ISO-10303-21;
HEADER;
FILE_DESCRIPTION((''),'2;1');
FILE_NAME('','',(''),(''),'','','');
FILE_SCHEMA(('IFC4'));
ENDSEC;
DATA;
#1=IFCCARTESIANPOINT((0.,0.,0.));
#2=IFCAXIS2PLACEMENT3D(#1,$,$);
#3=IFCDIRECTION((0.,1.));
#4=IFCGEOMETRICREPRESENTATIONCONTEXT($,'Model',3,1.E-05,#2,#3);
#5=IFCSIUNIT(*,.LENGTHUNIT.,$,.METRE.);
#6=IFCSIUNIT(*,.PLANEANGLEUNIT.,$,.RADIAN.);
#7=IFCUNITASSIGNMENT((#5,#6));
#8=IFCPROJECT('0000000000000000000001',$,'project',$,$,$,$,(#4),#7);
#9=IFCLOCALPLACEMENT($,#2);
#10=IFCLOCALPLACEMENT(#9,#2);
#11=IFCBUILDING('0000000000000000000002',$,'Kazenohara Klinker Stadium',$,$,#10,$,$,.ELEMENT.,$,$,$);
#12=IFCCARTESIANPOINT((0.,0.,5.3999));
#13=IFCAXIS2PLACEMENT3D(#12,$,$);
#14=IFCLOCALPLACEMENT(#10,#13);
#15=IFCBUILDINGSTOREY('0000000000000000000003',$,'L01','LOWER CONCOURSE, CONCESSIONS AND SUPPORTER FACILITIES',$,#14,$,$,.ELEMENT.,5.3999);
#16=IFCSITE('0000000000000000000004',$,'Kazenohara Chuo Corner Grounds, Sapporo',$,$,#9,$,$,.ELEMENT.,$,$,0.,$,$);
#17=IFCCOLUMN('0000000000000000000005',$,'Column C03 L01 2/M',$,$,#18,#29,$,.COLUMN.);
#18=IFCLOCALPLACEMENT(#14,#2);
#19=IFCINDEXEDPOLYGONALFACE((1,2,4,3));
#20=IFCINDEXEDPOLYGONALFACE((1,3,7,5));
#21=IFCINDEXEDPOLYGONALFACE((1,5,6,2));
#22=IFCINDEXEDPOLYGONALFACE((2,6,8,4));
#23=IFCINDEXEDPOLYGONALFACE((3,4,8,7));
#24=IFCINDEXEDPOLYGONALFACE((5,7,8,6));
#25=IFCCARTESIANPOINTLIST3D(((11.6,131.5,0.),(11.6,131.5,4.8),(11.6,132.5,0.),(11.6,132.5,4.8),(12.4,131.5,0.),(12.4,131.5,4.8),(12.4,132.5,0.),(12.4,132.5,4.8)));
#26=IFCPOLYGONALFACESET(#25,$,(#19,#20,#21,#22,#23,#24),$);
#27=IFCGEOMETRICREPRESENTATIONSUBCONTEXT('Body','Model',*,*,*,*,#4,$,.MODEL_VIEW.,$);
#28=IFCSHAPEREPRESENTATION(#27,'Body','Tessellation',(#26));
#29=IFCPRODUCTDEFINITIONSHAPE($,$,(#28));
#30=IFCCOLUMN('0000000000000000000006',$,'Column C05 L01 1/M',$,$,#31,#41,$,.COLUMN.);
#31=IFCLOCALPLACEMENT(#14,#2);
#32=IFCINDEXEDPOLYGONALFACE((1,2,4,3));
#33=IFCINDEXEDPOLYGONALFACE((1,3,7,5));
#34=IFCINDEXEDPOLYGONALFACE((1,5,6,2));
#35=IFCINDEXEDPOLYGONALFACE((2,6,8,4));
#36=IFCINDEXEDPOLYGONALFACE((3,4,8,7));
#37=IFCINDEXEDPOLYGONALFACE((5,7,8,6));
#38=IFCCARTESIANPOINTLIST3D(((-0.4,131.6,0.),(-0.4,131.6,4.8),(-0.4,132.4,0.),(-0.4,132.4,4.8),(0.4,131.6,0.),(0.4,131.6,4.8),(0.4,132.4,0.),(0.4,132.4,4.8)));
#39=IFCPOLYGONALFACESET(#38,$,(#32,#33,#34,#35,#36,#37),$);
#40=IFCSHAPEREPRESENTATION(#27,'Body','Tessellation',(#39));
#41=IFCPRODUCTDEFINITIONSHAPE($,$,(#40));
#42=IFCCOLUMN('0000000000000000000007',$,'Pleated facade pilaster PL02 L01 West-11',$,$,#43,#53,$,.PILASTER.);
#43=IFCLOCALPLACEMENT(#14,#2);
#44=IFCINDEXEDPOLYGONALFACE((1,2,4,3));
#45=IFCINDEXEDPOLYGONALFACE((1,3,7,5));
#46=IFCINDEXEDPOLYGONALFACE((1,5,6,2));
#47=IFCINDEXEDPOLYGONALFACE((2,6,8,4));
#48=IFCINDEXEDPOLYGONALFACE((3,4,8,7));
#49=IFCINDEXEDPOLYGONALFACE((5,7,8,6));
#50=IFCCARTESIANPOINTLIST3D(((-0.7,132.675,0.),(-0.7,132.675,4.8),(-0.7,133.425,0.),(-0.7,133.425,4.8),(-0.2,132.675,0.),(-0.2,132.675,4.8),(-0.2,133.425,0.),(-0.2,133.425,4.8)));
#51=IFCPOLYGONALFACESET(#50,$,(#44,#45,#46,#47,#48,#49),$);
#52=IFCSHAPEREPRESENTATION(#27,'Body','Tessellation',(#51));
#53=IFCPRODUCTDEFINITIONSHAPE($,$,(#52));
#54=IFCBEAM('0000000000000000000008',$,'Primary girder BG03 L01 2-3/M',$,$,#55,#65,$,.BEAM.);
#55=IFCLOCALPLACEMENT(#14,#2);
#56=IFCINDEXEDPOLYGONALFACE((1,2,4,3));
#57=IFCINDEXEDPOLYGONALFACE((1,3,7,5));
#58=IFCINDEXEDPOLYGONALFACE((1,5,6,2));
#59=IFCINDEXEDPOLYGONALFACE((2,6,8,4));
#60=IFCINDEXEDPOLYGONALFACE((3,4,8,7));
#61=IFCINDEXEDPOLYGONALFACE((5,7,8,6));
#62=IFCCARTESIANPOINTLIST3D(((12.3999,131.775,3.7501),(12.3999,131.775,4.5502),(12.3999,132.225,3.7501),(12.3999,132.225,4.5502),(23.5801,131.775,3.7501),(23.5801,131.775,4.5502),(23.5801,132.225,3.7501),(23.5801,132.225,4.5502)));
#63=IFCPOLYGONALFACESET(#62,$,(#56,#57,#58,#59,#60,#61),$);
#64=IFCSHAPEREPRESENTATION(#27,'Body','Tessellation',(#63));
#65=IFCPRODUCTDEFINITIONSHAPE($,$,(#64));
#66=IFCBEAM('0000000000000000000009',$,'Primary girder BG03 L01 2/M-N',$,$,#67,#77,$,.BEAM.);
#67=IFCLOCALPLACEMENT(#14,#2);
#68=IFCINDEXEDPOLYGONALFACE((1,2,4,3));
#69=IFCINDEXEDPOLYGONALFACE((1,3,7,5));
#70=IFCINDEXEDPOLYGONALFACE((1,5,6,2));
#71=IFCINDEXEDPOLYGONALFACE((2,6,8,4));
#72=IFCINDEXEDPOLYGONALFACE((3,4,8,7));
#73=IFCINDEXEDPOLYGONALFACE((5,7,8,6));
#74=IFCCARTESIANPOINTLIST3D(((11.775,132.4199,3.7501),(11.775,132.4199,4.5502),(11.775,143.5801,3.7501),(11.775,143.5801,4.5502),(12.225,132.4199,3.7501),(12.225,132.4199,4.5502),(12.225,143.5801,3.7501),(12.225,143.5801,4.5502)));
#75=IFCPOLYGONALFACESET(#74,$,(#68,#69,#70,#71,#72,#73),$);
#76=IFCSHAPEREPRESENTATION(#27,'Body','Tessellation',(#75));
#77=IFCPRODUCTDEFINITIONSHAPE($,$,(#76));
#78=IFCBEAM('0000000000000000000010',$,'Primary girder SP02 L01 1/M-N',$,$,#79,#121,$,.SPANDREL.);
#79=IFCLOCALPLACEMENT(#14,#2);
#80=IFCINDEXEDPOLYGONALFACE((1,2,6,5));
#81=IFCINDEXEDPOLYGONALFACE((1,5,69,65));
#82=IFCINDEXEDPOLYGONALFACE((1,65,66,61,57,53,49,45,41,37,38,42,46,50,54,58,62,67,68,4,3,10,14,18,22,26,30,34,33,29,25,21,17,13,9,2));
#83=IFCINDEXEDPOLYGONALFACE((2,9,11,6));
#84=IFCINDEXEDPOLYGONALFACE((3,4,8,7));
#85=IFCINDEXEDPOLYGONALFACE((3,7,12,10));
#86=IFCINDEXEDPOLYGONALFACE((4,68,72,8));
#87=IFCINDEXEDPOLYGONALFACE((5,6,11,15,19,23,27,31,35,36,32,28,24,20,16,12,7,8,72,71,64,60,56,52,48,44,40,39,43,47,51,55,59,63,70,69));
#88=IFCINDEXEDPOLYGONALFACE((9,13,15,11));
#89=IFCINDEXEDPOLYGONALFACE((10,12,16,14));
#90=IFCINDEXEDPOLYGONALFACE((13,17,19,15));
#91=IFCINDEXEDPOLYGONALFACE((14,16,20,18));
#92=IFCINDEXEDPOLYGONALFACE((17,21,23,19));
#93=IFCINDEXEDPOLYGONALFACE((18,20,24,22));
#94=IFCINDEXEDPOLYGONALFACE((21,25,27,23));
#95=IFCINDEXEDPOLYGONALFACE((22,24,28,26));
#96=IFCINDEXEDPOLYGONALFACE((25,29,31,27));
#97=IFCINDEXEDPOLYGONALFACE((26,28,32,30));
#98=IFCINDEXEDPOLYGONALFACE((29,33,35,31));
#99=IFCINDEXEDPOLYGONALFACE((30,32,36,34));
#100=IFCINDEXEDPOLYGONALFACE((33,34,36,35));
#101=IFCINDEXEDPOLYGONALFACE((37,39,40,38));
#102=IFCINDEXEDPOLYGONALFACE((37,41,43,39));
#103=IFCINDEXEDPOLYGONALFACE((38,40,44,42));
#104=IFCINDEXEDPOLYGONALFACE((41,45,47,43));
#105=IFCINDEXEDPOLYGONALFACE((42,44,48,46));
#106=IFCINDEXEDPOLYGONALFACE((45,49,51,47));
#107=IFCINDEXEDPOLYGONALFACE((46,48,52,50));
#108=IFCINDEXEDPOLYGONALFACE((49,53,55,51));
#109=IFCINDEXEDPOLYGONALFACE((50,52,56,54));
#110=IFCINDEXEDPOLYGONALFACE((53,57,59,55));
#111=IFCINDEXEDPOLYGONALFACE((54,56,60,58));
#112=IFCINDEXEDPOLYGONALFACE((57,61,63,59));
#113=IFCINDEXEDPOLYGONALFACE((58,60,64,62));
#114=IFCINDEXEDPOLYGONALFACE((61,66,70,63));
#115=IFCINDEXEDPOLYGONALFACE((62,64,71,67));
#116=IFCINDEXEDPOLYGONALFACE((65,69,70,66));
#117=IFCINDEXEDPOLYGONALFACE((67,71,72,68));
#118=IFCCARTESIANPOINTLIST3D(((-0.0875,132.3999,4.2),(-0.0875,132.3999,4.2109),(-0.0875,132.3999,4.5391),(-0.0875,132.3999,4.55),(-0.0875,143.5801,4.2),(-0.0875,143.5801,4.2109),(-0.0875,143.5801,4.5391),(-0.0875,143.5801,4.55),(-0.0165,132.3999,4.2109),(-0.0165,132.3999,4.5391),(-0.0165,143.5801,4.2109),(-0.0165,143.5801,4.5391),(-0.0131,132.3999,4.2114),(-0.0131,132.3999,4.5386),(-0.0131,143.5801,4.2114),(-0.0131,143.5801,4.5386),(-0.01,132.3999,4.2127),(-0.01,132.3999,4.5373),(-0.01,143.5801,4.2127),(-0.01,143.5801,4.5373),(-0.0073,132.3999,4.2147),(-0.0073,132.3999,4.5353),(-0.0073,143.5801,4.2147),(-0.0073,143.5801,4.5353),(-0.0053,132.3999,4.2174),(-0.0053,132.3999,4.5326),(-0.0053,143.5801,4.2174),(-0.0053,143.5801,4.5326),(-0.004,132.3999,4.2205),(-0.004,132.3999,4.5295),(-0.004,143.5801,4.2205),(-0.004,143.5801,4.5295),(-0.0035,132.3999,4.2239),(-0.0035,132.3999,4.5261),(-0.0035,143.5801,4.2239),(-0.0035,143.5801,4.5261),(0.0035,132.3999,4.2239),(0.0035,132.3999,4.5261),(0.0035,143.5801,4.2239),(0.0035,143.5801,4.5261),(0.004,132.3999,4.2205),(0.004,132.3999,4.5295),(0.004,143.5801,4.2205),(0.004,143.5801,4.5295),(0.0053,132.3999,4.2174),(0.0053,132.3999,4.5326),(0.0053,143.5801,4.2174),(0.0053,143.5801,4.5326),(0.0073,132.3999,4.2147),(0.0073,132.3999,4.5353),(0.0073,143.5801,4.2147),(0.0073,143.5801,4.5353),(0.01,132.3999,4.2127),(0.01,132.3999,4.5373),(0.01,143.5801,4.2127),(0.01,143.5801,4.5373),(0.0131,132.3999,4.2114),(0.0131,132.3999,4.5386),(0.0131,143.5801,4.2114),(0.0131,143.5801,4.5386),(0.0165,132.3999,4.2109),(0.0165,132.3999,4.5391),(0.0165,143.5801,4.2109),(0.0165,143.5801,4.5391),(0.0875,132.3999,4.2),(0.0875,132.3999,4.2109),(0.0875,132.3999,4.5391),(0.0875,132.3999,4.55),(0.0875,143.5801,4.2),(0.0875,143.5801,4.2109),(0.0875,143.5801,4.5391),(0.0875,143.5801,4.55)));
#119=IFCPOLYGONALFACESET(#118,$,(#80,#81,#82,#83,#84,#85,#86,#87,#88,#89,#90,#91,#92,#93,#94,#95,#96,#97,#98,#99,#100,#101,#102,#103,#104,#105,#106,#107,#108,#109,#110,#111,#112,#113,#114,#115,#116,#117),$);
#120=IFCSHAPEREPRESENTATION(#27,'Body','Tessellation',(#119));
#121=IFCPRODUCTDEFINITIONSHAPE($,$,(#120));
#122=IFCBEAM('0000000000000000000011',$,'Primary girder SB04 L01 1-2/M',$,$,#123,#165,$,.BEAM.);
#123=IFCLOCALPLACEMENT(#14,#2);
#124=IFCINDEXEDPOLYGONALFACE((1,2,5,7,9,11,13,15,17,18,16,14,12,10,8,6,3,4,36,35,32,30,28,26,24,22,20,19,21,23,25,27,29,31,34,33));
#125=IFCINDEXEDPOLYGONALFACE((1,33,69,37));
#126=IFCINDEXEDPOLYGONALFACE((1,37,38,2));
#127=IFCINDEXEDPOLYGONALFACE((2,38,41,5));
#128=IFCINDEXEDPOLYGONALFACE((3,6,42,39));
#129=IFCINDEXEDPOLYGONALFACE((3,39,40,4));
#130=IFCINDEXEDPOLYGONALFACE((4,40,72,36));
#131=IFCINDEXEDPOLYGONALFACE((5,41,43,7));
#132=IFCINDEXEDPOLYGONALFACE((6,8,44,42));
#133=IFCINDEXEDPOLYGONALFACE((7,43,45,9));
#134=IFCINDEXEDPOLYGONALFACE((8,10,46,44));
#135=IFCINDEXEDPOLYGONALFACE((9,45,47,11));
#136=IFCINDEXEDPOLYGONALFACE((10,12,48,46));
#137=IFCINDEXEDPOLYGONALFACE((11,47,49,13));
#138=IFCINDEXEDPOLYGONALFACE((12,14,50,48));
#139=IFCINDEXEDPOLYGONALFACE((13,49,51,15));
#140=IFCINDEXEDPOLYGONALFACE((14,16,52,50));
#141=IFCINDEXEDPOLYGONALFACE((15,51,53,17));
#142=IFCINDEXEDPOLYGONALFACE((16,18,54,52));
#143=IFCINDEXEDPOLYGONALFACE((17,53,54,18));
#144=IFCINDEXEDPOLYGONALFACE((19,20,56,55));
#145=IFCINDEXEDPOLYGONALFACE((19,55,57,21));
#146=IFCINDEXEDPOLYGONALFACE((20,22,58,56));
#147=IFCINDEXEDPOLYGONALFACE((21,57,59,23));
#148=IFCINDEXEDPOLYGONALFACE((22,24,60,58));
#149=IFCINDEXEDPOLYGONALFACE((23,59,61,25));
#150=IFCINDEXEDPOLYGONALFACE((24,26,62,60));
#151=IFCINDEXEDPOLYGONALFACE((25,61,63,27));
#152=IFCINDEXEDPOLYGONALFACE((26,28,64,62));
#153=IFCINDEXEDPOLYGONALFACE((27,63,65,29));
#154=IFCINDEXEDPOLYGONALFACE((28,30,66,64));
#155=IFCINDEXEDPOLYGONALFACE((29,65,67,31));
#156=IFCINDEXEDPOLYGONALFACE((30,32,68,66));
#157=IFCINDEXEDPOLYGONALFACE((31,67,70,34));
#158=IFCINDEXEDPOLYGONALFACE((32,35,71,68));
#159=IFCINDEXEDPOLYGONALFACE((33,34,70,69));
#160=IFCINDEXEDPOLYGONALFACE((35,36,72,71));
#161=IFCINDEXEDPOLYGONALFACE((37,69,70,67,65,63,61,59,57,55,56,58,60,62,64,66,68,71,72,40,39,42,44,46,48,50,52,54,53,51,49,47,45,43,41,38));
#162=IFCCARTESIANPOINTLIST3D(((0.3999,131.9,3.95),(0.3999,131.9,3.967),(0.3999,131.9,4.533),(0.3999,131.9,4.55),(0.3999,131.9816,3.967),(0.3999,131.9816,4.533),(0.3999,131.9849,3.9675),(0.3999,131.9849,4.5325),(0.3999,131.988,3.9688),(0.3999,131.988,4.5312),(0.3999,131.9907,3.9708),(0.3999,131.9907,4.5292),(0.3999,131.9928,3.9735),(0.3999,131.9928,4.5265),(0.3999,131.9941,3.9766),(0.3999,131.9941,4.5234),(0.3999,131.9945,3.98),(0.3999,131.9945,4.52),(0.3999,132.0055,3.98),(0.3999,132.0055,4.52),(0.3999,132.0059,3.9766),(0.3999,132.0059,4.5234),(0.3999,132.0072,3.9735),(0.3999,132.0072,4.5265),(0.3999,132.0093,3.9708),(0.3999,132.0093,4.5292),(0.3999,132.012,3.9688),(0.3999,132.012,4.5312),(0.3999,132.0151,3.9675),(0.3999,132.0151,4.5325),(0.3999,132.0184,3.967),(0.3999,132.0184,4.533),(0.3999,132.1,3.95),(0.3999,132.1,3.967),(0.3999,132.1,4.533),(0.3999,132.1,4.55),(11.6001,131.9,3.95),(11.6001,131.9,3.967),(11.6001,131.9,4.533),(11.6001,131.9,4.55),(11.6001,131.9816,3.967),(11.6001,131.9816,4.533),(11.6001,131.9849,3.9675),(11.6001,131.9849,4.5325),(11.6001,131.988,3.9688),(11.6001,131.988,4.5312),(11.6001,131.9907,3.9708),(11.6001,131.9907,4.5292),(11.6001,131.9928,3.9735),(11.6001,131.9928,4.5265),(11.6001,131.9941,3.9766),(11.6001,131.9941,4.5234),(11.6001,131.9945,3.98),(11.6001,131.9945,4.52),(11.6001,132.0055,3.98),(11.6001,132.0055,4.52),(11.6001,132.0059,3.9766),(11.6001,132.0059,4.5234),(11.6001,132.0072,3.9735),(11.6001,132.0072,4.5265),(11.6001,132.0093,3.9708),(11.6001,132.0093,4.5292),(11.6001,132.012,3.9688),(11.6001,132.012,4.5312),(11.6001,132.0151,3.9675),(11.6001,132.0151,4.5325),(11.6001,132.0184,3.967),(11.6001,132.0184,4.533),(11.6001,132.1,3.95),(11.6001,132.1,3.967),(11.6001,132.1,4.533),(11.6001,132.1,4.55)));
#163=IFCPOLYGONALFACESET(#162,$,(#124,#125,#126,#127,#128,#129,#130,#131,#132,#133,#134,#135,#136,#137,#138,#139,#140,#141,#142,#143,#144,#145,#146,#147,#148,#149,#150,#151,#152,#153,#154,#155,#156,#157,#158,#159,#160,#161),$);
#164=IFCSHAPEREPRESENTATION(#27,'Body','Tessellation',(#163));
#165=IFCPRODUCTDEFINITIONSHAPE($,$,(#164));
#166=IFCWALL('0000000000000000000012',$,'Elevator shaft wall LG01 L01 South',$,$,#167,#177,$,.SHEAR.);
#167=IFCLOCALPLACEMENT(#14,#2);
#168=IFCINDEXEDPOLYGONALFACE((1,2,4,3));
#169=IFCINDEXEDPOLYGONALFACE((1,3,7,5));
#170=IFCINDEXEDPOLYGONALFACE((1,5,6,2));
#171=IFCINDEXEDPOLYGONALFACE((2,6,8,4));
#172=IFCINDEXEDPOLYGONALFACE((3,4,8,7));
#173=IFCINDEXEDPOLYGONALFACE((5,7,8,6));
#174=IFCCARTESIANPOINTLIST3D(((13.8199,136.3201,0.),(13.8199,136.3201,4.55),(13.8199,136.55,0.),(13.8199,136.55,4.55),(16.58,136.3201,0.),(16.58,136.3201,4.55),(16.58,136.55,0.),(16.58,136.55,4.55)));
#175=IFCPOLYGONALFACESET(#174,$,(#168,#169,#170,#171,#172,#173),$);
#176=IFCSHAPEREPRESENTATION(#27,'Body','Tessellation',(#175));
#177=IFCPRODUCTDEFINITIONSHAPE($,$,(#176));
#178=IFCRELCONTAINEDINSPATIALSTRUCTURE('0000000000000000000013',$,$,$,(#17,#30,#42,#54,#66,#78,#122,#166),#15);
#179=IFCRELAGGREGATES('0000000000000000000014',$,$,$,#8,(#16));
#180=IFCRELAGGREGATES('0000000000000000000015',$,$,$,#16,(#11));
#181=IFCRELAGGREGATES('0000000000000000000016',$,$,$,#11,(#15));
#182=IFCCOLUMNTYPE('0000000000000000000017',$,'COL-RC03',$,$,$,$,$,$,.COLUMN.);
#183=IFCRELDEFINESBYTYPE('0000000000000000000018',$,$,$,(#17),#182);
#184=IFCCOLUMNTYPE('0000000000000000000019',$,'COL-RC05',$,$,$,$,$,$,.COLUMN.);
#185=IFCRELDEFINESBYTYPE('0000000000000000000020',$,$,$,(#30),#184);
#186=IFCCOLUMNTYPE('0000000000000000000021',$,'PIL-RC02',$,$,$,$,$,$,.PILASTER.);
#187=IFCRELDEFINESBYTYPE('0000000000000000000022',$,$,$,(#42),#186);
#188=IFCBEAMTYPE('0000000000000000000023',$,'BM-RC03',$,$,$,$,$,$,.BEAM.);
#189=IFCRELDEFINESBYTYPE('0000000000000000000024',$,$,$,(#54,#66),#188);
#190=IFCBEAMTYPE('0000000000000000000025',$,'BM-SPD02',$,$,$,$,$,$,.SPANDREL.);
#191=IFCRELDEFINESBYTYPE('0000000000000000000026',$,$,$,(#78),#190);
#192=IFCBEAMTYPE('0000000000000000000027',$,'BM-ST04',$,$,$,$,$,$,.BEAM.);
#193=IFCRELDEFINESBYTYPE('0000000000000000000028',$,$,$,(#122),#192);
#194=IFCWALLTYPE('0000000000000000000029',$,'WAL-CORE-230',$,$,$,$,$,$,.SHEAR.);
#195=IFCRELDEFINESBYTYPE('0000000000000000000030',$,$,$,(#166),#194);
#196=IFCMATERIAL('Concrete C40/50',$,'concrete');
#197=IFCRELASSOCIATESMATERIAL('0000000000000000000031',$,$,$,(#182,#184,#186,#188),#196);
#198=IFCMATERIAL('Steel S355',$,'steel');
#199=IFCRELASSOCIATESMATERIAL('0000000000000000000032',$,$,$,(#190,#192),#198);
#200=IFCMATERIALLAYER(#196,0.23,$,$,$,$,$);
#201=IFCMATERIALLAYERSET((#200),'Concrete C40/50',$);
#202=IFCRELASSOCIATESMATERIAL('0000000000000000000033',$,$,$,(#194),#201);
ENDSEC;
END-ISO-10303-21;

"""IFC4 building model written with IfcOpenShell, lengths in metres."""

from ifc_helpers import new_model, si_unit, direction, frame, frame_2d, origin, origin_2d, place, context, subcontext, project, spatial, rectangle, i_section, extrude, material, layer, layer_set, material_profile, profile_set, type_object, element, save


model = new_model("IFC4")

# Units and contexts
model_context = context("Model", 3, precision=1e-05, world=origin(), true_north=direction((0.0, 1.0)))
body_context = subcontext(model_context, "Body", "Model", "MODEL_VIEW")
ifc_project = project(units=[si_unit("LENGTHUNIT", "METRE"), si_unit("PLANEANGLEUNIT", "RADIAN")], contexts=[model_context])

# Site, building, storey
site_placement = place(None, origin())
site = spatial("IfcSite", under=ifc_project, at=site_placement, Name="Kazenohara Chuo Corner Grounds, Sapporo", CompositionType="ELEMENT", RefElevation=0.0)
building_placement = place(site_placement, origin())
building = spatial("IfcBuilding", under=site, at=building_placement, Name="Kazenohara Klinker Stadium", CompositionType="ELEMENT")
storey_placement = place(building_placement, frame((0.0, 0.0, 5.3999)))
storey = spatial("IfcBuildingStorey", under=building, at=storey_placement, Name="L01", Description="LOWER CONCOURSE, CONCESSIONS AND SUPPORTER FACILITIES", CompositionType="ELEMENT", Elevation=5.3999)

# Columns
ifc_material_1 = material(Name="Concrete C40/50", Category="concrete")
ifc_material_profile_1 = material_profile(ifc_material_1, rectangle(XDim=0.8, YDim=1.0, at=origin_2d()), Name="RC-COL-1000x800")
ifc_profile_set_1 = profile_set([ifc_material_profile_1], Name="Concrete C40/50")
column_type_1 = type_object("IfcColumnType", Name="COL-RC03", PredefinedType="COLUMN", material=ifc_profile_set_1)
column_1_placement = place(storey_placement, frame((12.0, 132.0, 0.0), z_axis=(0.0, 0.0, 1.0), x_axis=(1.0, 0.0, 0.0)))
element("IfcColumn", 1, at=column_1_placement, inside=storey, type_object=column_type_1, Name="Column C03 L01 2/M", PredefinedType="COLUMN", context=body_context, shape_type="SweptSolid", body=[
    extrude(rectangle(XDim=0.8, YDim=1.0, at=origin_2d()), origin(), (0.0, 0.0, 1.0), 4.8),
])
ifc_material_profile_2 = material_profile(ifc_material_1, rectangle(XDim=0.8, YDim=0.8, at=origin_2d()), Name="RC-COL-800x800")
ifc_profile_set_2 = profile_set([ifc_material_profile_2], Name="Concrete C40/50")
column_type_2 = type_object("IfcColumnType", Name="COL-RC05", PredefinedType="COLUMN", material=ifc_profile_set_2)
column_2_placement = place(storey_placement, frame((0.0, 132.0, 0.0), z_axis=(0.0, 0.0, 1.0), x_axis=(1.0, 0.0, 0.0)))
element("IfcColumn", 2, at=column_2_placement, inside=storey, type_object=column_type_2, Name="Column C05 L01 1/M", PredefinedType="COLUMN", context=body_context, shape_type="SweptSolid", body=[
    extrude(rectangle(XDim=0.8, YDim=0.8, at=origin_2d()), origin(), (0.0, 0.0, 1.0), 4.8),
])
ifc_material_profile_3 = material_profile(ifc_material_1, rectangle(XDim=0.5, YDim=0.75, at=origin_2d()), Name="RC-PILASTER-500x750")
ifc_profile_set_3 = profile_set([ifc_material_profile_3], Name="Concrete C40/50")
column_type_3 = type_object("IfcColumnType", Name="PIL-RC02", PredefinedType="PILASTER", material=ifc_profile_set_3)
column_3_placement = place(storey_placement, frame((-0.45, 133.05, 0.0), z_axis=(0.0, 0.0, 1.0), x_axis=(1.0, 0.0, 0.0)))
element("IfcColumn", 3, at=column_3_placement, inside=storey, type_object=column_type_3, Name="Pleated facade pilaster PL02 L01 West-11", PredefinedType="PILASTER", context=body_context, shape_type="SweptSolid", body=[
    extrude(rectangle(XDim=0.5, YDim=0.75, at=origin_2d()), origin(), (0.0, 0.0, 1.0), 4.8),
])

# Beams
ifc_material_profile_4 = material_profile(ifc_material_1, rectangle(XDim=0.45, YDim=0.8, at=origin_2d()), Name="RC-BM-450x800")
ifc_profile_set_4 = profile_set([ifc_material_profile_4], Name="Concrete C40/50")
beam_type_1 = type_object("IfcBeamType", Name="BM-RC03", PredefinedType="BEAM", material=ifc_profile_set_4)
beam_1_placement = place(storey_placement, frame((12.3999, 132.0, 4.1501), z_axis=(1.0, 0.0, 0.0), x_axis=(0.0, 1.0, 0.0)))
element("IfcBeam", 4, at=beam_1_placement, inside=storey, type_object=beam_type_1, Name="Primary girder BG03 L01 2-3/M", PredefinedType="BEAM", context=body_context, shape_type="SweptSolid", body=[
    extrude(rectangle(XDim=0.45, YDim=0.8, at=origin_2d()), origin(), (0.0, 0.0, 1.0), 11.1802),
])
beam_2_placement = place(storey_placement, frame((12.0, 132.4199, 4.1501), z_axis=(0.0, 1.0, 0.0), x_axis=(-1.0, 0.0, 0.0)))
element("IfcBeam", 5, at=beam_2_placement, inside=storey, type_object=beam_type_1, Name="Primary girder BG03 L01 2/M-N", PredefinedType="BEAM", context=body_context, shape_type="SweptSolid", body=[
    extrude(rectangle(XDim=0.45, YDim=0.8, at=origin_2d()), origin(), (0.0, 0.0, 1.0), 11.1602),
])
ifc_material_2 = material(Name="Steel S355", Category="steel")
ifc_material_profile_5 = material_profile(ifc_material_2, i_section(OverallWidth=0.175, OverallDepth=0.3501, WebThickness=0.0071, FlangeThickness=0.011, FilletRadius=0.0129, at=origin_2d()), Name="H-350x175x7x11")
ifc_profile_set_5 = profile_set([ifc_material_profile_5], Name="Steel S355")
beam_type_2 = type_object("IfcBeamType", Name="BM-SPD02", PredefinedType="SPANDREL", material=ifc_profile_set_5)
beam_3_placement = place(storey_placement, frame((0.0, 132.3999, 4.375), z_axis=(0.0, 1.0, 0.0), x_axis=(-1.0, 0.0, 0.0)))
element("IfcBeam", 6, at=beam_3_placement, inside=storey, type_object=beam_type_2, Name="Primary girder SP02 L01 1/M-N", PredefinedType="SPANDREL", context=body_context, shape_type="SweptSolid", body=[
    extrude(i_section(OverallWidth=0.175, OverallDepth=0.3501, WebThickness=0.0071, FlangeThickness=0.011, FilletRadius=0.0129, at=origin_2d()), origin(), (0.0, 0.0, 1.0), 11.1802),
])
ifc_material_profile_6 = material_profile(ifc_material_2, i_section(OverallWidth=0.2, OverallDepth=0.6001, WebThickness=0.011, FlangeThickness=0.0171, FilletRadius=0.0129, at=origin_2d()), Name="H-600x200x11x17")
ifc_profile_set_6 = profile_set([ifc_material_profile_6], Name="Steel S355")
beam_type_3 = type_object("IfcBeamType", Name="BM-ST04", PredefinedType="BEAM", material=ifc_profile_set_6)
beam_4_placement = place(storey_placement, frame((0.3999, 132.0, 4.25), z_axis=(1.0, 0.0, 0.0), x_axis=(0.0, 1.0, 0.0)))
element("IfcBeam", 7, at=beam_4_placement, inside=storey, type_object=beam_type_3, Name="Primary girder SB04 L01 1-2/M", PredefinedType="BEAM", context=body_context, shape_type="SweptSolid", body=[
    extrude(i_section(OverallWidth=0.2, OverallDepth=0.6001, WebThickness=0.011, FlangeThickness=0.0171, FilletRadius=0.0129, at=origin_2d()), origin(), (0.0, 0.0, 1.0), 11.2002),
])

# Wall
ifc_layer_1 = layer(ifc_material_1, 0.23)
ifc_layer_set_1 = layer_set([ifc_layer_1], Name="Concrete C40/50")
wall_type_1 = type_object("IfcWallType", Name="WAL-CORE-230", PredefinedType="SHEAR", material=ifc_layer_set_1)
wall_1_placement = place(storey_placement, frame((13.8201, 136.4351, 0.0), z_axis=(0.0, 0.0, 1.0), x_axis=(1.0, 0.0, 0.0)))
element("IfcWall", 8, at=wall_1_placement, inside=storey, type_object=wall_type_1, Name="Elevator shaft wall LG01 L01 South", PredefinedType="SHEAR", context=body_context, shape_type="SweptSolid", body=[
    extrude(rectangle(XDim=2.76, YDim=0.23, at=frame_2d((1.3799, 0.0))), origin(), (0.0, 0.0, 1.0), 4.55),
])

save(model, "model.ifc")
